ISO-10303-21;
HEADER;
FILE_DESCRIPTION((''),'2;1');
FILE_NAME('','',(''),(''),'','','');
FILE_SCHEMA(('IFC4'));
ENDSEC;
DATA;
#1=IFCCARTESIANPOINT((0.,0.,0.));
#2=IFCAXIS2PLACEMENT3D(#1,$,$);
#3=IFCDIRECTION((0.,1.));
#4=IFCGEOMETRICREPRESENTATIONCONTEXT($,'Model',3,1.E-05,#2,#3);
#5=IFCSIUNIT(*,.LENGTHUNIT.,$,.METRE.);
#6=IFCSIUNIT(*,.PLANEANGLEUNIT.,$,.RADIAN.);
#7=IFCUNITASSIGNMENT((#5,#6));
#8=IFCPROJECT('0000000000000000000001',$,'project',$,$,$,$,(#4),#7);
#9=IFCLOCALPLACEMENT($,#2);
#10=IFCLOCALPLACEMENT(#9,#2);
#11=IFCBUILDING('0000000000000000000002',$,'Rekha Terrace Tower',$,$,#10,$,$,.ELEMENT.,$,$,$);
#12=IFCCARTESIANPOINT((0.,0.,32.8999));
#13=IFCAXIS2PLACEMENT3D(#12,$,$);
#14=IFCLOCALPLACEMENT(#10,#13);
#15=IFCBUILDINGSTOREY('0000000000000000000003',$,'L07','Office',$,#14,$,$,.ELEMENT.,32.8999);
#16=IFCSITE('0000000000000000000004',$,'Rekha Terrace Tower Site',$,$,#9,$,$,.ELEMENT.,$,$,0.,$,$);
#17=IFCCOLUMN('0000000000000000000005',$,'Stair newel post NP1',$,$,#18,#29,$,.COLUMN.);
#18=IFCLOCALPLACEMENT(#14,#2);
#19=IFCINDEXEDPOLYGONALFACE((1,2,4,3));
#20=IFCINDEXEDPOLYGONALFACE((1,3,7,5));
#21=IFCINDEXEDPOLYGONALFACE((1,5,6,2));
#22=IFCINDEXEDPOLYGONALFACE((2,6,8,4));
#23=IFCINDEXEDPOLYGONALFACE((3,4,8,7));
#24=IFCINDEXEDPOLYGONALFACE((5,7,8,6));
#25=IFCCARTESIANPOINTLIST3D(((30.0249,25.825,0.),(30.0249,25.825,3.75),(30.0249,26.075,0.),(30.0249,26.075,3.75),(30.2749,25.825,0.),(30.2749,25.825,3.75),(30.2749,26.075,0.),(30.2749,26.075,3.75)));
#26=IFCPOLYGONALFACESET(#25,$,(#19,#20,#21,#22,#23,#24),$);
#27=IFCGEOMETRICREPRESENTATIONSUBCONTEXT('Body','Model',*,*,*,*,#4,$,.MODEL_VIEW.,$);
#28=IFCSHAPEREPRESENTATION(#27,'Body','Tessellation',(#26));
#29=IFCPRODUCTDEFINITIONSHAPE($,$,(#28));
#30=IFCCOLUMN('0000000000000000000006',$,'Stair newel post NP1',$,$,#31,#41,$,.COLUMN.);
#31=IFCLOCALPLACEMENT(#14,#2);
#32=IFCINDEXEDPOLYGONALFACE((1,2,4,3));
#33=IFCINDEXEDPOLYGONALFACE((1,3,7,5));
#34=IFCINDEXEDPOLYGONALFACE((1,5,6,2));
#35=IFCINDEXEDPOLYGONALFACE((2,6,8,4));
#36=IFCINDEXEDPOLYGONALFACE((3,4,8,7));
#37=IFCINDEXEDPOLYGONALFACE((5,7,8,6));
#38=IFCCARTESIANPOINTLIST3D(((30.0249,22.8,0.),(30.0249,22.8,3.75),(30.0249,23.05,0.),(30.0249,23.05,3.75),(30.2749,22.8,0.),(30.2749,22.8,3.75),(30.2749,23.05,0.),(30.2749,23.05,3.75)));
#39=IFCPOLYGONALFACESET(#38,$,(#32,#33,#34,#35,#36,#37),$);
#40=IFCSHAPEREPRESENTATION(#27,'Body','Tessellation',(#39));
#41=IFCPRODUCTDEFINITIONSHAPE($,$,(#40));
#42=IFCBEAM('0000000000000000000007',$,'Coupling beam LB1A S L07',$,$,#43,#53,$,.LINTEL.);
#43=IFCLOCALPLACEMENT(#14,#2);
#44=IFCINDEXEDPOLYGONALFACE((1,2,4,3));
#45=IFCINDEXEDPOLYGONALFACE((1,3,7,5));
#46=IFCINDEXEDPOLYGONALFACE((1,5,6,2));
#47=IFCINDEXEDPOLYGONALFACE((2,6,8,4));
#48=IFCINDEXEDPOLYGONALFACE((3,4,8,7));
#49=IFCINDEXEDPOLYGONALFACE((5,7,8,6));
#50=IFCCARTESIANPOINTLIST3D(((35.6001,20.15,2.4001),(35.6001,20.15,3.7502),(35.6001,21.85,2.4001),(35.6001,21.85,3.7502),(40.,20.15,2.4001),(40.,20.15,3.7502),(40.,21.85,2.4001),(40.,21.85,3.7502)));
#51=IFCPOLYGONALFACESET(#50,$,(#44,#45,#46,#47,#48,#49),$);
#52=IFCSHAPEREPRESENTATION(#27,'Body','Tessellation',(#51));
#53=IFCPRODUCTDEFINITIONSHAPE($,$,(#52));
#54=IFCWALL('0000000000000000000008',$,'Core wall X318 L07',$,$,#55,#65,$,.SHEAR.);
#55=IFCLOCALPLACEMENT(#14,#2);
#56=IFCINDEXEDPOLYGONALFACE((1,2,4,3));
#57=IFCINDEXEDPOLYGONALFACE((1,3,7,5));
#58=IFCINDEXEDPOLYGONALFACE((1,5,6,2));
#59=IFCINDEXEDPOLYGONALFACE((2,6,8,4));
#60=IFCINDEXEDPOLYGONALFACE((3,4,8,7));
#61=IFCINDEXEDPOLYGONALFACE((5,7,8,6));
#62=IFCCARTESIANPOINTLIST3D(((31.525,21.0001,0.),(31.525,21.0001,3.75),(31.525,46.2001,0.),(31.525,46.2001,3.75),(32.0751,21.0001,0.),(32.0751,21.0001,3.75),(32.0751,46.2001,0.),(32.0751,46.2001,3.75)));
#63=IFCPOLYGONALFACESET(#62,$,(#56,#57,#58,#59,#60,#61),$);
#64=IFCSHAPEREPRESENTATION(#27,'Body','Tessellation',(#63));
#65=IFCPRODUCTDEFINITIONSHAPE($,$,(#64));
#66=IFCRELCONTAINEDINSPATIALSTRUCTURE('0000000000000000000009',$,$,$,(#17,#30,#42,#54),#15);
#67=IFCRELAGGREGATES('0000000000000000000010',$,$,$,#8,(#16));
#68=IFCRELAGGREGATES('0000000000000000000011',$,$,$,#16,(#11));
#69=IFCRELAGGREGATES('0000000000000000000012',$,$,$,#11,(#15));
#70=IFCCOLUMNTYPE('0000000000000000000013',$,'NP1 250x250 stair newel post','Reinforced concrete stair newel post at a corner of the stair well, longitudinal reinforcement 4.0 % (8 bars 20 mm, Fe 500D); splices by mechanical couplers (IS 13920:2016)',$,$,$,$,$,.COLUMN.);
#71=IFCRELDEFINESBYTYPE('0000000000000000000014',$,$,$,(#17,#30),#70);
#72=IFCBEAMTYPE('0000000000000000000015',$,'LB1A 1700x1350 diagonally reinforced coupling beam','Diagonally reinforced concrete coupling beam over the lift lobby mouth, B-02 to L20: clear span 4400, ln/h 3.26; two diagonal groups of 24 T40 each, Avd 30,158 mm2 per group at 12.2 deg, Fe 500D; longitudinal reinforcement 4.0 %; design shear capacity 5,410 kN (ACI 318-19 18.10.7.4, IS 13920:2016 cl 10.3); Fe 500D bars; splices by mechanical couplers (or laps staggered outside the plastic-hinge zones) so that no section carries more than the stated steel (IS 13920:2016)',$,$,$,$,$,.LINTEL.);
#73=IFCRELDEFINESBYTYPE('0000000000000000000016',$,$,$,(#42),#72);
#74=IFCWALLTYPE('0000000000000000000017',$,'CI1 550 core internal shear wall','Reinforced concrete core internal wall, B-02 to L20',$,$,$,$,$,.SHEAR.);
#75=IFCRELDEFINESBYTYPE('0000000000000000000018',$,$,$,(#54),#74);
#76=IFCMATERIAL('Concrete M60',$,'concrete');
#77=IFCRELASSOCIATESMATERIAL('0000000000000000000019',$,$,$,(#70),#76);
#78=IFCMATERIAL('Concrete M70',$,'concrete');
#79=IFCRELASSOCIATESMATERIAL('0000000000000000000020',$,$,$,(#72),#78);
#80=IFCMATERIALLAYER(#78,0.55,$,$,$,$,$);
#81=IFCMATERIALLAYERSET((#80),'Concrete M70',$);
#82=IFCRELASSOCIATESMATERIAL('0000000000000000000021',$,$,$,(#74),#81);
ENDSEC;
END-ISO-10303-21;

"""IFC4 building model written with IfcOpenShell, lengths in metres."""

from ifc_helpers import new_model, si_unit, direction, frame, frame_2d, origin, origin_2d, place, context, subcontext, project, spatial, rectangle, extrude, material, layer, layer_set, material_profile, profile_set, type_object, element, save


model = new_model("IFC4")

# Units and contexts
model_context = context("Model", 3, precision=1e-05, world=origin(), true_north=direction((0.0, 1.0)))
body_context = subcontext(model_context, "Body", "Model", "MODEL_VIEW")
ifc_project = project(units=[si_unit("LENGTHUNIT", "METRE"), si_unit("PLANEANGLEUNIT", "RADIAN")], contexts=[model_context])

# Site, building, storey
site_placement = place(None, origin())
site = spatial("IfcSite", under=ifc_project, at=site_placement, Name="Rekha Terrace Tower Site", CompositionType="ELEMENT", RefElevation=0.0)
building_placement = place(site_placement, origin())
building = spatial("IfcBuilding", under=site, at=building_placement, Name="Rekha Terrace Tower", CompositionType="ELEMENT")
storey_placement = place(building_placement, frame((0.0, 0.0, 32.8999)))
storey = spatial("IfcBuildingStorey", under=building, at=storey_placement, Name="L07", Description="Office", CompositionType="ELEMENT", Elevation=32.8999)

# Columns
ifc_material_1 = material(Name="Concrete M60", Category="concrete")
ifc_material_profile_1 = material_profile(ifc_material_1, rectangle(XDim=0.25, YDim=0.25, at=origin_2d()), Name="RC 250x250")
ifc_profile_set_1 = profile_set([ifc_material_profile_1], Name="Concrete M60")
column_type = type_object("IfcColumnType", Name="NP1 250x250 stair newel post", Description="Reinforced concrete stair newel post at a corner of the stair well, longitudinal reinforcement 4.0 % (8 bars 20 mm, Fe 500D); splices by mechanical couplers (IS 13920:2016)", PredefinedType="COLUMN", material=ifc_profile_set_1)
for number, where, z_axis, x_axis, name in (
    (1, (30.1499, 25.95, 0.0), (0.0, 0.0, 1.0), (1.0, 0.0, 0.0), "Stair newel post NP1"),
    (2, (30.1499, 22.925, 0.0), (0.0, 0.0, 1.0), (1.0, 0.0, 0.0), "Stair newel post NP1"),
):
    element("IfcColumn", number, at=place(storey_placement, frame(where, z_axis=z_axis, x_axis=x_axis)), inside=storey, type_object=column_type, Name=name, PredefinedType="COLUMN", context=body_context, shape_type="SweptSolid", body=[
        extrude(rectangle(XDim=0.25, YDim=0.25, at=origin_2d()), origin(), (0.0, 0.0, 1.0), 3.75),
    ])

# Beam
ifc_material_2 = material(Name="Concrete M70", Category="concrete")
ifc_material_profile_2 = material_profile(ifc_material_2, rectangle(XDim=1.7, YDim=1.3501, at=origin_2d()), Name="RC 1700x1350")
ifc_profile_set_2 = profile_set([ifc_material_profile_2], Name="Concrete M70")
beam_type = type_object("IfcBeamType", Name="LB1A 1700x1350 diagonally reinforced coupling beam", Description="Diagonally reinforced concrete coupling beam over the lift lobby mouth, B-02 to L20: clear span 4400, ln/h 3.26; two diagonal groups of 24 T40 each, Avd 30,158 mm2 per group at 12.2 deg, Fe 500D; longitudinal reinforcement 4.0 %; design shear capacity 5,410 kN (ACI 318-19 18.10.7.4, IS 13920:2016 cl 10.3); Fe 500D bars; splices by mechanical couplers (or laps staggered outside the plastic-hinge zones) so that no section carries more than the stated steel (IS 13920:2016)", PredefinedType="LINTEL", material=ifc_profile_set_2)
beam_placement = place(storey_placement, frame((35.6001, 21.0, 3.0752), z_axis=(1.0, 0.0, 0.0), x_axis=(0.0, 1.0, 0.0)))
element("IfcBeam", 3, at=beam_placement, inside=storey, type_object=beam_type, Name="Coupling beam LB1A S L07", PredefinedType="LINTEL", context=body_context, shape_type="SweptSolid", body=[
    extrude(rectangle(XDim=1.7, YDim=1.3501, at=origin_2d()), origin(), (0.0, 0.0, 1.0), 4.3999),
])

# Wall
ifc_layer_1 = layer(ifc_material_2, 0.55)
ifc_layer_set_1 = layer_set([ifc_layer_1], Name="Concrete M70")
wall_type_1 = type_object("IfcWallType", Name="CI1 550 core internal shear wall", Description="Reinforced concrete core internal wall, B-02 to L20", PredefinedType="SHEAR", material=ifc_layer_set_1)
wall_1_placement = place(storey_placement, frame((31.8, 21.0, 0.0), z_axis=(0.0, 0.0, 1.0), x_axis=(0.0, 1.0, 0.0)))
element("IfcWall", 4, at=wall_1_placement, inside=storey, type_object=wall_type_1, Name="Core wall X318 L07", PredefinedType="SHEAR", context=body_context, shape_type="SweptSolid", body=[
    extrude(rectangle(XDim=25.2, YDim=0.55, at=frame_2d((12.6001, 0.0))), origin(), (0.0, 0.0, 1.0), 3.75),
])

save(model, "model.ifc")
